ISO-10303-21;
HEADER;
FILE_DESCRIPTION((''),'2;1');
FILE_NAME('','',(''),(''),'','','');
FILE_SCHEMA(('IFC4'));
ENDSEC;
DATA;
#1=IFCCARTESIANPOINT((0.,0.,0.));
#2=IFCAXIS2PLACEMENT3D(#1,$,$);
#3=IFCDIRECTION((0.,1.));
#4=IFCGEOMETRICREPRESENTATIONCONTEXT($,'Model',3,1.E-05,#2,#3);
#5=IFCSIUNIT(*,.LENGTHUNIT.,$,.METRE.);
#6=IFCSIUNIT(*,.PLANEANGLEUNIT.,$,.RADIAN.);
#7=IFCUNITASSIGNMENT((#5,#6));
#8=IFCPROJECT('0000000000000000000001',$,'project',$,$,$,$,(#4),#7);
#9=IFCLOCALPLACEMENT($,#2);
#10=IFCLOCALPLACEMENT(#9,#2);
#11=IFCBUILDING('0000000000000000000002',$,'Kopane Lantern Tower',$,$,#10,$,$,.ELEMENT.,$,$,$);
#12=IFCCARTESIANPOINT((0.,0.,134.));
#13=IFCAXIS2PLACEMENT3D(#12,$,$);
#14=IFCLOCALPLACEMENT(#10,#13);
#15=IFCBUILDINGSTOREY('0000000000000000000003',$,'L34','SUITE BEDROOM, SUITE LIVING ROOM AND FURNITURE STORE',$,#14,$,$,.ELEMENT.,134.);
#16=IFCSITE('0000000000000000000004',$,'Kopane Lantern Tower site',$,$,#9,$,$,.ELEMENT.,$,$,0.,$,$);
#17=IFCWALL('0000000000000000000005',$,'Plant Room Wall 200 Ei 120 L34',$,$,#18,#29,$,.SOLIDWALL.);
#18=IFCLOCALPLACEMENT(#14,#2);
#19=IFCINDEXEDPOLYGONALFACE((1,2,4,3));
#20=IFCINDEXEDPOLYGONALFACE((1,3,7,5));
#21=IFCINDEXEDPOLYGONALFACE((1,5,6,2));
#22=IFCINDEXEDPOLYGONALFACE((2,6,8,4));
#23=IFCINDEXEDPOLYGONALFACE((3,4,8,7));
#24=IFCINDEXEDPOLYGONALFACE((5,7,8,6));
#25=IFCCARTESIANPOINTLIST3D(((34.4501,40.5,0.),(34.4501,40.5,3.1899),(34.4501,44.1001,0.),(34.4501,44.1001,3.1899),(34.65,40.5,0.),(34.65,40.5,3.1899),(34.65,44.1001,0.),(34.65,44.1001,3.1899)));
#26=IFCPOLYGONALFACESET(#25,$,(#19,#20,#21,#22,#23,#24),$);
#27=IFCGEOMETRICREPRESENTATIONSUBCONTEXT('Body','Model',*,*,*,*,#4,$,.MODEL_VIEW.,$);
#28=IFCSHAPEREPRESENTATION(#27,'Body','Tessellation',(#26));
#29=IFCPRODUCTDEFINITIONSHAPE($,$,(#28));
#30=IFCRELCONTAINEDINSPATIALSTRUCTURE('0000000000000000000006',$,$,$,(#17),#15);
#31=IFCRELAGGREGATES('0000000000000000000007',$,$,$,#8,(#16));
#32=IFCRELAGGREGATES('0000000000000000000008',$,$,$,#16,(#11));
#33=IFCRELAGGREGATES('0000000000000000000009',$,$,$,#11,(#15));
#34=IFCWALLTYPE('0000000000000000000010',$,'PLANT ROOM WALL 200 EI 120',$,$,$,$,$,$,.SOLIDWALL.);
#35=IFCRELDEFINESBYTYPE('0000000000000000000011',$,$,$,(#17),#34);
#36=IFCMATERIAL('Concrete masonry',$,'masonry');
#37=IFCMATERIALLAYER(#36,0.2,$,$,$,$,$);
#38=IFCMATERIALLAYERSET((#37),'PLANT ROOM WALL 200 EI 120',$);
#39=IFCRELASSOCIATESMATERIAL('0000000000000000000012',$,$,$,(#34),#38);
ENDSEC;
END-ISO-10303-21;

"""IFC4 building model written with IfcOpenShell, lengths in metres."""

from ifc_helpers import new_model, si_unit, direction, frame, frame_2d, origin, place, context, subcontext, project, spatial, rectangle, extrude, material, layer, layer_set, type_object, element, save


model = new_model("IFC4")

# Units and contexts
model_context = context("Model", 3, precision=1e-05, world=origin(), true_north=direction((0.0, 1.0)))
body_context = subcontext(model_context, "Body", "Model", "MODEL_VIEW")
ifc_project = project(units=[si_unit("LENGTHUNIT", "METRE"), si_unit("PLANEANGLEUNIT", "RADIAN")], contexts=[model_context])

# Site, building, storey
site_placement = place(None, origin())
site = spatial("IfcSite", under=ifc_project, at=site_placement, Name="Kopane Lantern Tower site", CompositionType="ELEMENT", RefElevation=0.0)
building_placement = place(site_placement, origin())
building = spatial("IfcBuilding", under=site, at=building_placement, Name="Kopane Lantern Tower", CompositionType="ELEMENT")
storey_placement = place(building_placement, frame((0.0, 0.0, 134.0)))
storey = spatial("IfcBuildingStorey", under=building, at=storey_placement, Name="L34", Description="SUITE BEDROOM, SUITE LIVING ROOM AND FURNITURE STORE", CompositionType="ELEMENT", Elevation=134.0)

# Wall
ifc_material_1 = material(Name="Concrete masonry", Category="masonry")
ifc_layer_1 = layer(ifc_material_1, 0.2)
ifc_layer_set_1 = layer_set([ifc_layer_1], Name="PLANT ROOM WALL 200 EI 120")
wall_type_1 = type_object("IfcWallType", Name="PLANT ROOM WALL 200 EI 120", PredefinedType="SOLIDWALL", material=ifc_layer_set_1)
wall_1_placement = place(storey_placement, frame((34.55, 44.1001, 0.0), z_axis=(0.0, 0.0, 1.0), x_axis=(0.0, -1.0, 0.0)))
element("IfcWall", 1, at=wall_1_placement, inside=storey, type_object=wall_type_1, Name="Plant Room Wall 200 Ei 120 L34", PredefinedType="SOLIDWALL", context=body_context, shape_type="SweptSolid", body=[
    extrude(rectangle(XDim=3.6001, YDim=0.2, at=frame_2d((1.8, 0.0))), origin(), (0.0, 0.0, 1.0), 3.1899),
])

save(model, "model.ifc")
